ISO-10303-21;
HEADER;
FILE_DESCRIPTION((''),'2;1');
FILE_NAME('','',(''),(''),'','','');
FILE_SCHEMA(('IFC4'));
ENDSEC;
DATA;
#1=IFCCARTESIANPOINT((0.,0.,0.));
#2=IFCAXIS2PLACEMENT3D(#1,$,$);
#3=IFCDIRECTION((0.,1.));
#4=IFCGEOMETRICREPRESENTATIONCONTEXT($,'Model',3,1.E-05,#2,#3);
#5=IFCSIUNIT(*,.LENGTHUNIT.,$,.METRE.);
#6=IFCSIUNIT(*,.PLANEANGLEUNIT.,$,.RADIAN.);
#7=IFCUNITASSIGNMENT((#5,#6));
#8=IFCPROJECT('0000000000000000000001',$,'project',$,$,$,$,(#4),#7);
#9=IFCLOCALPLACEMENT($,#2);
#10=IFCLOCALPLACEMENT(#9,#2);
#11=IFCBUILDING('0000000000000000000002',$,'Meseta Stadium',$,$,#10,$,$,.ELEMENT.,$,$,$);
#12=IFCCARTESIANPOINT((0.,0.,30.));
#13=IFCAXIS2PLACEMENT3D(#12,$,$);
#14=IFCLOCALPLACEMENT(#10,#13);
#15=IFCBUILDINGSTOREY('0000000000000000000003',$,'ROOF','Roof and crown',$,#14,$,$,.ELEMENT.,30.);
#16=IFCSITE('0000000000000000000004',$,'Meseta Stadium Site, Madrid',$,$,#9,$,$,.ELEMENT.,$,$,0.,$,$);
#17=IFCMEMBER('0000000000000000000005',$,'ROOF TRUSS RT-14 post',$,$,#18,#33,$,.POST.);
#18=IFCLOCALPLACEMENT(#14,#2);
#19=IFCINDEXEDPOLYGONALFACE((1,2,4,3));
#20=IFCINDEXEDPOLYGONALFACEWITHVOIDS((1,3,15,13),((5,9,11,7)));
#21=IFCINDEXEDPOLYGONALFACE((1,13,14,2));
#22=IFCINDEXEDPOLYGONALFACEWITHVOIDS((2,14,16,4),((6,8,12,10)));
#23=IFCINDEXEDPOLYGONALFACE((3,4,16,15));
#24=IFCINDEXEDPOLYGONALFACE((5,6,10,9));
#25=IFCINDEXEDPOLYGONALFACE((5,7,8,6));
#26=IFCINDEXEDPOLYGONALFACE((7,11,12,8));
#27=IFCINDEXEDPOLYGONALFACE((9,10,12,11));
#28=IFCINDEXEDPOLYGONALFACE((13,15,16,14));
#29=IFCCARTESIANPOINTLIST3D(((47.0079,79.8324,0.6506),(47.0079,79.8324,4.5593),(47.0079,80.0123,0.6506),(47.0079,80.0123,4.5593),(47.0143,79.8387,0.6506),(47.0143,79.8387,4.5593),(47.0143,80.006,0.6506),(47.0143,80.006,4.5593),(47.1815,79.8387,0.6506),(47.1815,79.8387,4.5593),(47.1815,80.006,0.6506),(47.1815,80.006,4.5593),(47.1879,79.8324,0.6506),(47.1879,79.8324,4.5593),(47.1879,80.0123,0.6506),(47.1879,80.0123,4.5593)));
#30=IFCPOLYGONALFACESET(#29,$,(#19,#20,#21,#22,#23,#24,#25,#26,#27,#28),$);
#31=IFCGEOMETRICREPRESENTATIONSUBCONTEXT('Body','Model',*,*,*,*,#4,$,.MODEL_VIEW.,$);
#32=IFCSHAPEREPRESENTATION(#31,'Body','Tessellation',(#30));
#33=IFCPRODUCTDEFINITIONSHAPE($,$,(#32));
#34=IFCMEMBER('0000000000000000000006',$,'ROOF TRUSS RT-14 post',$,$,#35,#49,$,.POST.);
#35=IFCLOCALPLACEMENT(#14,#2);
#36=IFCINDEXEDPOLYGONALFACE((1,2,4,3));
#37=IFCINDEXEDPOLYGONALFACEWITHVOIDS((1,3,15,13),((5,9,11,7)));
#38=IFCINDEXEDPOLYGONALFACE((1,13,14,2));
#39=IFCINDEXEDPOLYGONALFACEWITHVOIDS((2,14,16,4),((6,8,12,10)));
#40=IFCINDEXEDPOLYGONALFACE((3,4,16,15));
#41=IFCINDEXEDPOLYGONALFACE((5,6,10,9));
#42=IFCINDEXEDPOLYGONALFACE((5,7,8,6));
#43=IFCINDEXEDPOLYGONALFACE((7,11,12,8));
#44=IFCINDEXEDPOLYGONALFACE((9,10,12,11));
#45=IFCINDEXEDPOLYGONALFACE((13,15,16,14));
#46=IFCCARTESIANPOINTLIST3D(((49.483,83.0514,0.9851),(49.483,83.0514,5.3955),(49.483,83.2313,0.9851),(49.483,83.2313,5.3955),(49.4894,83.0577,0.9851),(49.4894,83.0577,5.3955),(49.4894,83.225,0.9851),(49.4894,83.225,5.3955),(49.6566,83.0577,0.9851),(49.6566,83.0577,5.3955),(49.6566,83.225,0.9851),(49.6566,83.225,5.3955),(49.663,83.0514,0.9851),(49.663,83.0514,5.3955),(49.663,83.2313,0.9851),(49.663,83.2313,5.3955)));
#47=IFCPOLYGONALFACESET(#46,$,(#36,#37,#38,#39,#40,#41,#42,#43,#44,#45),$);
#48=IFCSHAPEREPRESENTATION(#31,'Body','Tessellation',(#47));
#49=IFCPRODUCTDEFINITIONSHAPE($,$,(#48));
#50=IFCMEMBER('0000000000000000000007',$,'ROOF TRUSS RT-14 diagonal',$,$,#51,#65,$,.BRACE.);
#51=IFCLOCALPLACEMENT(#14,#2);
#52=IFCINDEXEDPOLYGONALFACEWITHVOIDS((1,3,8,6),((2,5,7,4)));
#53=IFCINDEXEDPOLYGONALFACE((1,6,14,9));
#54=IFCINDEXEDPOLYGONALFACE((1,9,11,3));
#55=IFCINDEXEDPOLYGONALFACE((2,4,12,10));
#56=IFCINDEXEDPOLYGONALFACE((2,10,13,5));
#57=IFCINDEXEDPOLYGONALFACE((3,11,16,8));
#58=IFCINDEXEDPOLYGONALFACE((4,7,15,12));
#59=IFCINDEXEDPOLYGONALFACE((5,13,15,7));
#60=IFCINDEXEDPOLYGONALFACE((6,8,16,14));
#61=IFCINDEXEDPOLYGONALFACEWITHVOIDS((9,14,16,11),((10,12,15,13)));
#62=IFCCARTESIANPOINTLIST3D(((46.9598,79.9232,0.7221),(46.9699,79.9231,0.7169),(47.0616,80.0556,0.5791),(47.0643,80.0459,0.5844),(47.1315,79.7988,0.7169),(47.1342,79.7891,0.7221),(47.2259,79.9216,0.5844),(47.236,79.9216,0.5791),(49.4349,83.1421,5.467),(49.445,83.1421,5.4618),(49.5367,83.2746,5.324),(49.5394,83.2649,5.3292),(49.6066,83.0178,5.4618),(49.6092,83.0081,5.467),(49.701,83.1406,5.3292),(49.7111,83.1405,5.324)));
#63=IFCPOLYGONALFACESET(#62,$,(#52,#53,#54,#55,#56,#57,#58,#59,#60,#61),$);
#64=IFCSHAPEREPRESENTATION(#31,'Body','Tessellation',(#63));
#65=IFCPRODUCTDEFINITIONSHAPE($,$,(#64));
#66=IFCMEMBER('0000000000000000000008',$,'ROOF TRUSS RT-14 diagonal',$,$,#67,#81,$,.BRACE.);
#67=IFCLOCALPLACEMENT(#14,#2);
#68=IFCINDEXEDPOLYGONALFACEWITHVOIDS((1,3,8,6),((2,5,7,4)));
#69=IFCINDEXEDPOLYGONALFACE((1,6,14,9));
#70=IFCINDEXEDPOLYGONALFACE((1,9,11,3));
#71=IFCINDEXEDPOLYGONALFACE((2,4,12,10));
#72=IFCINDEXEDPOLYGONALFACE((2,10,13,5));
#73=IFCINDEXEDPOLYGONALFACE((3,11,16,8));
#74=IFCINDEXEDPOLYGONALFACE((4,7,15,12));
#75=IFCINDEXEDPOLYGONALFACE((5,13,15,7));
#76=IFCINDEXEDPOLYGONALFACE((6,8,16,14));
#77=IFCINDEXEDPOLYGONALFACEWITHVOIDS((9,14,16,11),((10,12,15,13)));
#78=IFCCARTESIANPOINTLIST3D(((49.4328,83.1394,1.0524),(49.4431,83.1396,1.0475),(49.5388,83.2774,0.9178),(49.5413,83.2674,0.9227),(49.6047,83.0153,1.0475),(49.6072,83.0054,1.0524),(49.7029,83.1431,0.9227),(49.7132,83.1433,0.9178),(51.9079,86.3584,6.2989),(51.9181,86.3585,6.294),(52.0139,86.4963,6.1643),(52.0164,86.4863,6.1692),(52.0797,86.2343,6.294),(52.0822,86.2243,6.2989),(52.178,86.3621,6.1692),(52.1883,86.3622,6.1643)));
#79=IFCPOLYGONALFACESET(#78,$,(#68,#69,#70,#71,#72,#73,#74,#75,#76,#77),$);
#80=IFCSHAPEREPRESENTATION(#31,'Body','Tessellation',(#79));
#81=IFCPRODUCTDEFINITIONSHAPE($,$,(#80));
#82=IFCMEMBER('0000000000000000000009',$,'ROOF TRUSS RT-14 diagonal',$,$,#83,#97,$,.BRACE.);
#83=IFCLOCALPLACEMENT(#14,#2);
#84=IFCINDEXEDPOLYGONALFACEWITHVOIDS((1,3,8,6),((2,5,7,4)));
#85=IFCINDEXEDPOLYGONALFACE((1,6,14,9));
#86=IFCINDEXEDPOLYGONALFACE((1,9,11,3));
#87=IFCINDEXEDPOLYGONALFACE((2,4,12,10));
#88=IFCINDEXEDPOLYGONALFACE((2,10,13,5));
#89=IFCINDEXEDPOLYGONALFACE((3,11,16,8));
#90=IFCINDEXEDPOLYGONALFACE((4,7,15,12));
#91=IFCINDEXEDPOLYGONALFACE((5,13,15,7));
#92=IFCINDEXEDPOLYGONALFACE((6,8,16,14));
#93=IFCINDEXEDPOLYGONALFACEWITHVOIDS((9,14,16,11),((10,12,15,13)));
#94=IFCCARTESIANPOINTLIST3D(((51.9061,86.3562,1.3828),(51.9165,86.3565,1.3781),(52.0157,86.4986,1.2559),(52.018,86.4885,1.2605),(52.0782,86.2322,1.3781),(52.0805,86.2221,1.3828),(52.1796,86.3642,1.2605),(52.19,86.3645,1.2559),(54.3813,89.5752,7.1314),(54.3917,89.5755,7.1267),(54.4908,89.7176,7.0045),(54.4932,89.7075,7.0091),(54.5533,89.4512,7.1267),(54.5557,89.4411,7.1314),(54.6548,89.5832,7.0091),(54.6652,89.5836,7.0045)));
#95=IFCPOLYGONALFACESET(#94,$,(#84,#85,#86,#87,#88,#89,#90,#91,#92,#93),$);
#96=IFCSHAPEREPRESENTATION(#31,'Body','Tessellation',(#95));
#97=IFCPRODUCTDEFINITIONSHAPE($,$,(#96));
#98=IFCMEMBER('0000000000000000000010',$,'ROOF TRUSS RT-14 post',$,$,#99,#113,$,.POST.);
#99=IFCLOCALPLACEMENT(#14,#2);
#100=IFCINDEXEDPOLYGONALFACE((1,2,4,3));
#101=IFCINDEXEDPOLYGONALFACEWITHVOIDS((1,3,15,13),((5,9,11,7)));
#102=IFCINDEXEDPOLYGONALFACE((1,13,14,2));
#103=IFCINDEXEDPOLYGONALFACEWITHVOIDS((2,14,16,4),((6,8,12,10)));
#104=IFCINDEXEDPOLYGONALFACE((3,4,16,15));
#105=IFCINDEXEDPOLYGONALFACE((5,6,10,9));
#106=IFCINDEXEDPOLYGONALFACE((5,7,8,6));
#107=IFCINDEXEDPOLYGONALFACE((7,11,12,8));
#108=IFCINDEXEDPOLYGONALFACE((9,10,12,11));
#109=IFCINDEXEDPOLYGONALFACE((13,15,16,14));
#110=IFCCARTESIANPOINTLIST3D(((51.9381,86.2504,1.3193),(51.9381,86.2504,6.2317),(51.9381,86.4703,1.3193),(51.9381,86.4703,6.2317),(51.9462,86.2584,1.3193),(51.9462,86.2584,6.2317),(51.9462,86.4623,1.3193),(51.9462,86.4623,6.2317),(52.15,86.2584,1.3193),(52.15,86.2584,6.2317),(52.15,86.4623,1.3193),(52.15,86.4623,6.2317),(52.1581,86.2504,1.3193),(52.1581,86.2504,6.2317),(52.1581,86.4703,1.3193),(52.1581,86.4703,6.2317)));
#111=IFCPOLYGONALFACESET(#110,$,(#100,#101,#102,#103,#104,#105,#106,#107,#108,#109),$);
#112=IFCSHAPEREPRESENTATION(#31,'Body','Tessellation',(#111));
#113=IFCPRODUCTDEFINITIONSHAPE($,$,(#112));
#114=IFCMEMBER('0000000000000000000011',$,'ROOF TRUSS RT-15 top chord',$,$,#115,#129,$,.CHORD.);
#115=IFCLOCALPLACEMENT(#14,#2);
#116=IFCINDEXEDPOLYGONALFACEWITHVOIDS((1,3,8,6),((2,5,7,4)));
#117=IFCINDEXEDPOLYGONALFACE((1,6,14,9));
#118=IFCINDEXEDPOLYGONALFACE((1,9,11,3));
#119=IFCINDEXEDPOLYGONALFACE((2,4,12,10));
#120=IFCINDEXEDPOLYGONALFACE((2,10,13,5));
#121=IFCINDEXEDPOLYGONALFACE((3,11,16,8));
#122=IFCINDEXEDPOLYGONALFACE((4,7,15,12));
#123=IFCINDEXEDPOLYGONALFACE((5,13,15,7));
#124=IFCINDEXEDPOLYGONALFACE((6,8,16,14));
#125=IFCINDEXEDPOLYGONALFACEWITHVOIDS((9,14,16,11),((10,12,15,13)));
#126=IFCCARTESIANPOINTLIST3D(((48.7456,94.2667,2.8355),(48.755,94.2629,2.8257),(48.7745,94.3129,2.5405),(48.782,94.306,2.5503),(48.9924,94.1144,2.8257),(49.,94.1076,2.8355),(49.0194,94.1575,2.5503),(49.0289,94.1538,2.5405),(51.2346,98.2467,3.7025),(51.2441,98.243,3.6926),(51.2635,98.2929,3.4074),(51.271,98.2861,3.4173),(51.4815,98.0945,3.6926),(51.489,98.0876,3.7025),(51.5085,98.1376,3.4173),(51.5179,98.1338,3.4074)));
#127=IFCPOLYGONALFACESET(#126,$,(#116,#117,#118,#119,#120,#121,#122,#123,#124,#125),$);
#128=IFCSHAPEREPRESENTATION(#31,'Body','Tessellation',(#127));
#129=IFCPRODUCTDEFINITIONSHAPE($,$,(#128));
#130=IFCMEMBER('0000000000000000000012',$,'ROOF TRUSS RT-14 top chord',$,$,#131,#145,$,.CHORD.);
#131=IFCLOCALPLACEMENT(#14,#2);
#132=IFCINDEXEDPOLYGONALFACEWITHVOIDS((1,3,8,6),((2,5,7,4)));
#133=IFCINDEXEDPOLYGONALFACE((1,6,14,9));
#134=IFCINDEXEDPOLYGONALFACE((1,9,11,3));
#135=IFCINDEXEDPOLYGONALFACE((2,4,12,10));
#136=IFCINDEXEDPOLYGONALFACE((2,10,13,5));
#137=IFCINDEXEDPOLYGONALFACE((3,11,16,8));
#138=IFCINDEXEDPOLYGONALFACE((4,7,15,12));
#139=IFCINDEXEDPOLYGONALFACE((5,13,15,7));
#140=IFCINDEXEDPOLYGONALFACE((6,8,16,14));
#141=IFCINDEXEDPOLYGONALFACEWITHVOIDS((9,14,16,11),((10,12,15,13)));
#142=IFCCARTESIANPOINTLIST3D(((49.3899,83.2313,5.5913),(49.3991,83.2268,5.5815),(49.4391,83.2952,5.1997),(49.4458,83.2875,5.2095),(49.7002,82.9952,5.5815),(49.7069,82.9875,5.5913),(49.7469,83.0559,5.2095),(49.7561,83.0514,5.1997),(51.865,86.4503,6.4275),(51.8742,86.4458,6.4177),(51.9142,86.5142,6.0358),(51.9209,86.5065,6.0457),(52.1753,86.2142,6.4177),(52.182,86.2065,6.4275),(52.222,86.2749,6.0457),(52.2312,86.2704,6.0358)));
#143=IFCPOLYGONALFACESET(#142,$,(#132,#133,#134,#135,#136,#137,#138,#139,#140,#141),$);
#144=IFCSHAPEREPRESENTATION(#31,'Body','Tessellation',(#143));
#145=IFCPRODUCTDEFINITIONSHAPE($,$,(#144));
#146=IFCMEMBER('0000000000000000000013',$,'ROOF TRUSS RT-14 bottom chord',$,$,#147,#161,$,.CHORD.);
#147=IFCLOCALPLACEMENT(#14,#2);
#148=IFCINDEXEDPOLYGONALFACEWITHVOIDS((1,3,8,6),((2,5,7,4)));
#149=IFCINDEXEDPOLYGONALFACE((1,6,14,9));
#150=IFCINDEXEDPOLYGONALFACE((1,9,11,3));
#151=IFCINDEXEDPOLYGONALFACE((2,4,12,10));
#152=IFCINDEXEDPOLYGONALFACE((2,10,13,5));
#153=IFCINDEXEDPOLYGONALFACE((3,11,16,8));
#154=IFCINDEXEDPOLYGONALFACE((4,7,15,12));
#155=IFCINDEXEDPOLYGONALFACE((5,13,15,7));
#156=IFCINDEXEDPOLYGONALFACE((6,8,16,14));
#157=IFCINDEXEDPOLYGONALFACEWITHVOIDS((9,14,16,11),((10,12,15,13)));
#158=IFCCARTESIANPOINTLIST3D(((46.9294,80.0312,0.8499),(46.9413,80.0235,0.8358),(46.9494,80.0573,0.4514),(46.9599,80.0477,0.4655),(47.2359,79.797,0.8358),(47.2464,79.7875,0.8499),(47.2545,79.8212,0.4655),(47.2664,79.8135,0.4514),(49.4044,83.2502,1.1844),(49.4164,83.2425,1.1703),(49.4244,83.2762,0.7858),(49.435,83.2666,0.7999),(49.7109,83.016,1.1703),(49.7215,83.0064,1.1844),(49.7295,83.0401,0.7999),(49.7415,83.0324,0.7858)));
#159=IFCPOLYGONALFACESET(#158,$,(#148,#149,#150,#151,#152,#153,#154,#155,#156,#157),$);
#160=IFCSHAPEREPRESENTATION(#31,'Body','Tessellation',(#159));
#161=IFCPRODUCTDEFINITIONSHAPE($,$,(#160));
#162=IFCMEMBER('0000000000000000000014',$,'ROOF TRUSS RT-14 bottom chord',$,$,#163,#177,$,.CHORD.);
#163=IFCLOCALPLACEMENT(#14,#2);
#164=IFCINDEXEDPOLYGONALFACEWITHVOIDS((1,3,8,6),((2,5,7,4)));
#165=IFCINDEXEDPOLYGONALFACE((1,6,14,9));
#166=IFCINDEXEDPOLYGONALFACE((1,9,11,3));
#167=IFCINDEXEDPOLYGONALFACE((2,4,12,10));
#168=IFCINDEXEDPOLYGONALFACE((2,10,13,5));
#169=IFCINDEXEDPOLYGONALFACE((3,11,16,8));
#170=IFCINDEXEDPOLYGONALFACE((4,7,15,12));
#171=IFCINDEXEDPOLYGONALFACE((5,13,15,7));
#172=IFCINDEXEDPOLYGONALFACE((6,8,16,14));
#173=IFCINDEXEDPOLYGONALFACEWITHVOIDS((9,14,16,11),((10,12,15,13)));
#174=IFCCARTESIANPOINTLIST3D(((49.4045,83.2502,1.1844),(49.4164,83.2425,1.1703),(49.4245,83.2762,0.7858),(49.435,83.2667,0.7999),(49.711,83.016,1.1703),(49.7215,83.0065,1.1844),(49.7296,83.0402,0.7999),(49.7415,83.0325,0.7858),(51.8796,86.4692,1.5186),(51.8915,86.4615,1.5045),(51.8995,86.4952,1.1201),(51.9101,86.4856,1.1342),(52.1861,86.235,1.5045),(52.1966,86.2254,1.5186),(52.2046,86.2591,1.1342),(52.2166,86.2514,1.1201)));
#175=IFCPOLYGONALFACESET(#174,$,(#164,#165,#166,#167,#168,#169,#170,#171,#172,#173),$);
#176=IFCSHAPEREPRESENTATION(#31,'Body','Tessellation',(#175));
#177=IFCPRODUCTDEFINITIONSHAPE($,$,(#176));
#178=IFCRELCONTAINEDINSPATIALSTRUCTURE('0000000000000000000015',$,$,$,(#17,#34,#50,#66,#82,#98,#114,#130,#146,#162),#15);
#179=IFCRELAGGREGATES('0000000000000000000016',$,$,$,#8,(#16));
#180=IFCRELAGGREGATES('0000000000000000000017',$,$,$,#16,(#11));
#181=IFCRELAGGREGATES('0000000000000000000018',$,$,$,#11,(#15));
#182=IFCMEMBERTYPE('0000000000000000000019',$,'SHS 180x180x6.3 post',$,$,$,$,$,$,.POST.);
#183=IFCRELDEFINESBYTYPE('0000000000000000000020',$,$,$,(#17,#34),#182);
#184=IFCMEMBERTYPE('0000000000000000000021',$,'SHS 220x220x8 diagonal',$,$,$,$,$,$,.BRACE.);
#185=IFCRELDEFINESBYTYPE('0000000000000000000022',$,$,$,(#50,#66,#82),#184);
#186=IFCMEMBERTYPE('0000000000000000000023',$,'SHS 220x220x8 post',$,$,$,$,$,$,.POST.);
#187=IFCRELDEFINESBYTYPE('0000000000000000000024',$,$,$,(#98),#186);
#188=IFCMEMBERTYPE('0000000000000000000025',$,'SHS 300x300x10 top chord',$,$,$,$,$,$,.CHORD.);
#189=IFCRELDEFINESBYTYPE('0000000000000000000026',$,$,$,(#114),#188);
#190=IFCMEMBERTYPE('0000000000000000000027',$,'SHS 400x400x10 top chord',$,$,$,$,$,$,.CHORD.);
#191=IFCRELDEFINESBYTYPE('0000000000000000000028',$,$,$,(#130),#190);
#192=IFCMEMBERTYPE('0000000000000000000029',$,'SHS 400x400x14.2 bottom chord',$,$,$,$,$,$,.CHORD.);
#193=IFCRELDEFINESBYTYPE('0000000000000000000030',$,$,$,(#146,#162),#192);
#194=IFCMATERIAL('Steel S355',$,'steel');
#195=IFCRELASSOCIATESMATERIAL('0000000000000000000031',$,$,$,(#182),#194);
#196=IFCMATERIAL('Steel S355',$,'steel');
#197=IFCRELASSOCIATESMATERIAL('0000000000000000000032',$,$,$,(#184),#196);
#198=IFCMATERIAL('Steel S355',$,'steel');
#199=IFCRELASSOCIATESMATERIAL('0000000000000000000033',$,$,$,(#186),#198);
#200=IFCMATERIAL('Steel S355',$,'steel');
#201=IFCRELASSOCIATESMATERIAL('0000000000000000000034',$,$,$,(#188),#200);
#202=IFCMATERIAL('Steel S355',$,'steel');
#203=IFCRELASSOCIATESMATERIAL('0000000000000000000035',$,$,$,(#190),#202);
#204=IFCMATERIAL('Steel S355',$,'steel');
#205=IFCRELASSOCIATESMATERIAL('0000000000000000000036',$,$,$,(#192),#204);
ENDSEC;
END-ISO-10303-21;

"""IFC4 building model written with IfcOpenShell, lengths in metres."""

from ifc_helpers import new_model, si_unit, direction, frame, origin, origin_2d, place, context, subcontext, project, spatial, hollow_rectangle, extrude, material, material_profile, profile_set, type_object, element, save


model = new_model("IFC4")

# Units and contexts
model_context = context("Model", 3, precision=1e-05, world=origin(), true_north=direction((0.0, 1.0)))
body_context = subcontext(model_context, "Body", "Model", "MODEL_VIEW")
ifc_project = project(units=[si_unit("LENGTHUNIT", "METRE"), si_unit("PLANEANGLEUNIT", "RADIAN")], contexts=[model_context])

# Site, building, storey
site_placement = place(None, origin())
site = spatial("IfcSite", under=ifc_project, at=site_placement, Name="Meseta Stadium Site, Madrid", CompositionType="ELEMENT", RefElevation=0.0)
building_placement = place(site_placement, origin())
building = spatial("IfcBuilding", under=site, at=building_placement, Name="Meseta Stadium", CompositionType="ELEMENT")
storey_placement = place(building_placement, frame((0.0, 0.0, 30.0)))
storey = spatial("IfcBuildingStorey", under=building, at=storey_placement, Name="ROOF", Description="Roof and crown", CompositionType="ELEMENT", Elevation=30.0)

# Members
ifc_material_1 = material(Name="Steel S355", Category="steel")
ifc_material_profile_1 = material_profile(ifc_material_1, hollow_rectangle(XDim=0.1799, YDim=0.1799, WallThickness=0.0063, at=origin_2d()), Name="SHS 180x180x6.3")
ifc_profile_set_1 = profile_set([ifc_material_profile_1], Name="Steel S355")
member_type_1 = type_object("IfcMemberType", Name="SHS 180x180x6.3 post", PredefinedType="POST", material=ifc_profile_set_1)
member_1_placement = place(storey_placement, frame((47.0979, 79.9224, 0.6506), z_axis=(0.0, 0.0, 1.0), x_axis=(1.0, 0.0, 0.0)))
element("IfcMember", 1, at=member_1_placement, inside=storey, type_object=member_type_1, Name="ROOF TRUSS RT-14 post", PredefinedType="POST", context=body_context, shape_type="SweptSolid", body=[
    extrude(hollow_rectangle(XDim=0.1799, YDim=0.1799, WallThickness=0.0063, at=origin_2d()), origin(), (0.0, 0.0, 1.0), 3.9087),
])
member_2_placement = place(storey_placement, frame((49.573, 83.1414, 0.9851), z_axis=(0.0, 0.0, 1.0), x_axis=(1.0, 0.0, 0.0)))
element("IfcMember", 2, at=member_2_placement, inside=storey, type_object=member_type_1, Name="ROOF TRUSS RT-14 post", PredefinedType="POST", context=body_context, shape_type="SweptSolid", body=[
    extrude(hollow_rectangle(XDim=0.1799, YDim=0.1799, WallThickness=0.0063, at=origin_2d()), origin(), (0.0, 0.0, 1.0), 4.4104),
])
ifc_material_2 = material(Name="Steel S355", Category="steel")
ifc_material_profile_2 = material_profile(ifc_material_2, hollow_rectangle(XDim=0.22, YDim=0.22, WallThickness=0.0081, at=origin_2d()), Name="SHS 220x220x8")
ifc_profile_set_2 = profile_set([ifc_material_profile_2], Name="Steel S355")
member_type_2 = type_object("IfcMemberType", Name="SHS 220x220x8 diagonal", PredefinedType="BRACE", material=ifc_profile_set_2)
member_3_placement = place(storey_placement, frame((47.0979, 79.9224, 0.6506), z_axis=(0.396323, 0.515439, 0.75977), x_axis=(-0.792749, 0.609548, 0.0)))
element("IfcMember", 3, at=member_3_placement, inside=storey, type_object=member_type_2, Name="ROOF TRUSS RT-14 diagonal", PredefinedType="BRACE", context=body_context, shape_type="SweptSolid", body=[
    extrude(hollow_rectangle(XDim=0.22, YDim=0.22, WallThickness=0.0081, at=origin_2d()), origin(), (0.0, 0.0, 1.0), 6.2451),
])
member_4_placement = place(storey_placement, frame((49.573, 83.1414, 0.9851), z_axis=(0.373073, 0.485201, 0.79082), x_axis=(-0.792749, 0.609548, 0.0)))
element("IfcMember", 4, at=member_4_placement, inside=storey, type_object=member_type_2, Name="ROOF TRUSS RT-14 diagonal", PredefinedType="BRACE", context=body_context, shape_type="SweptSolid", body=[
    extrude(hollow_rectangle(XDim=0.22, YDim=0.22, WallThickness=0.0081, at=origin_2d()), origin(), (0.0, 0.0, 1.0), 6.6343),
])
member_5_placement = place(storey_placement, frame((52.0481, 86.3604, 1.3193), z_axis=(0.351675, 0.457372, 0.816783), x_axis=(-0.792749, 0.609548, 0.0)))
element("IfcMember", 5, at=member_5_placement, inside=storey, type_object=member_type_2, Name="ROOF TRUSS RT-14 diagonal", PredefinedType="BRACE", context=body_context, shape_type="SweptSolid", body=[
    extrude(hollow_rectangle(XDim=0.22, YDim=0.22, WallThickness=0.0081, at=origin_2d()), origin(), (0.0, 0.0, 1.0), 7.0381),
])
ifc_material_3 = material(Name="Steel S355", Category="steel")
ifc_material_profile_3 = material_profile(ifc_material_3, hollow_rectangle(XDim=0.22, YDim=0.22, WallThickness=0.0081, at=origin_2d()), Name="SHS 220x220x8")
ifc_profile_set_3 = profile_set([ifc_material_profile_3], Name="Steel S355")
member_type_3 = type_object("IfcMemberType", Name="SHS 220x220x8 post", PredefinedType="POST", material=ifc_profile_set_3)
member_6_placement = place(storey_placement, frame((52.0481, 86.3604, 1.3193), z_axis=(0.0, 0.0, 1.0), x_axis=(1.0, 0.0, 0.0)))
element("IfcMember", 6, at=member_6_placement, inside=storey, type_object=member_type_3, Name="ROOF TRUSS RT-14 post", PredefinedType="POST", context=body_context, shape_type="SweptSolid", body=[
    extrude(hollow_rectangle(XDim=0.22, YDim=0.22, WallThickness=0.0081, at=origin_2d()), origin(), (0.0, 0.0, 1.0), 4.9124),
])
ifc_material_4 = material(Name="Steel S355", Category="steel")
ifc_material_profile_4 = material_profile(ifc_material_4, hollow_rectangle(XDim=0.3, YDim=0.3, WallThickness=0.01, at=origin_2d()), Name="SHS 300x300x10")
ifc_profile_set_4 = profile_set([ifc_material_profile_4], Name="Steel S355")
member_type_4 = type_object("IfcMemberType", Name="SHS 300x300x10 top chord", PredefinedType="CHORD", material=ifc_profile_set_4)
member_7_placement = place(storey_placement, frame((48.8872, 94.2102, 2.688), z_axis=(0.521415, 0.833752, 0.181613), x_axis=(-0.847852, 0.530233, 0.0)))
element("IfcMember", 7, at=member_7_placement, inside=storey, type_object=member_type_4, Name="ROOF TRUSS RT-15 top chord", PredefinedType="CHORD", context=body_context, shape_type="SweptSolid", body=[
    extrude(hollow_rectangle(XDim=0.3, YDim=0.3, WallThickness=0.01, at=origin_2d()), origin(), (0.0, 0.0, 1.0), 4.7737),
])
ifc_material_5 = material(Name="Steel S355", Category="steel")
ifc_material_profile_5 = material_profile(ifc_material_5, hollow_rectangle(XDim=0.3999, YDim=0.3999, WallThickness=0.01, at=origin_2d()), Name="SHS 400x400x10")
ifc_profile_set_5 = profile_set([ifc_material_profile_5], Name="Steel S355")
member_type_5 = type_object("IfcMemberType", Name="SHS 400x400x10 top chord", PredefinedType="CHORD", material=ifc_profile_set_5)
member_8_placement = place(storey_placement, frame((49.573, 83.1414, 5.3955), z_axis=(0.597021, 0.776457, 0.201696), x_axis=(-0.792749, 0.609548, 0.0)))
element("IfcMember", 8, at=member_8_placement, inside=storey, type_object=member_type_5, Name="ROOF TRUSS RT-14 top chord", PredefinedType="CHORD", context=body_context, shape_type="SweptSolid", body=[
    extrude(hollow_rectangle(XDim=0.3999, YDim=0.3999, WallThickness=0.01, at=origin_2d()), origin(), (0.0, 0.0, 1.0), 4.1458),
])
ifc_material_6 = material(Name="Steel S355", Category="steel")
ifc_material_profile_6 = material_profile(ifc_material_6, hollow_rectangle(XDim=0.3999, YDim=0.3999, WallThickness=0.0142, at=origin_2d()), Name="SHS 400x400x14.2")
ifc_profile_set_6 = profile_set([ifc_material_profile_6], Name="Steel S355")
member_type_6 = type_object("IfcMemberType", Name="SHS 400x400x14.2 bottom chord", PredefinedType="CHORD", material=ifc_profile_set_6)
for number, where, z_axis, x_axis, name in (
    (9, (47.0979, 79.9224, 0.6506), (0.607491, 0.790073, 0.082093), (-0.792749, 0.609548, 0.0), "ROOF TRUSS RT-14 bottom chord"),
    (10, (49.573, 83.1414, 0.9851), (0.607494, 0.790077, 0.082034), (-0.792749, 0.609548, 0.0), "ROOF TRUSS RT-14 bottom chord"),
):
    element("IfcMember", number, at=place(storey_placement, frame(where, z_axis=z_axis, x_axis=x_axis)), inside=storey, type_object=member_type_6, Name=name, PredefinedType="CHORD", context=body_context, shape_type="SweptSolid", body=[
        extrude(hollow_rectangle(XDim=0.3999, YDim=0.3999, WallThickness=0.0142, at=origin_2d()), origin(), (0.0, 0.0, 1.0), 4.0742),
    ])

save(model, "model.ifc")
